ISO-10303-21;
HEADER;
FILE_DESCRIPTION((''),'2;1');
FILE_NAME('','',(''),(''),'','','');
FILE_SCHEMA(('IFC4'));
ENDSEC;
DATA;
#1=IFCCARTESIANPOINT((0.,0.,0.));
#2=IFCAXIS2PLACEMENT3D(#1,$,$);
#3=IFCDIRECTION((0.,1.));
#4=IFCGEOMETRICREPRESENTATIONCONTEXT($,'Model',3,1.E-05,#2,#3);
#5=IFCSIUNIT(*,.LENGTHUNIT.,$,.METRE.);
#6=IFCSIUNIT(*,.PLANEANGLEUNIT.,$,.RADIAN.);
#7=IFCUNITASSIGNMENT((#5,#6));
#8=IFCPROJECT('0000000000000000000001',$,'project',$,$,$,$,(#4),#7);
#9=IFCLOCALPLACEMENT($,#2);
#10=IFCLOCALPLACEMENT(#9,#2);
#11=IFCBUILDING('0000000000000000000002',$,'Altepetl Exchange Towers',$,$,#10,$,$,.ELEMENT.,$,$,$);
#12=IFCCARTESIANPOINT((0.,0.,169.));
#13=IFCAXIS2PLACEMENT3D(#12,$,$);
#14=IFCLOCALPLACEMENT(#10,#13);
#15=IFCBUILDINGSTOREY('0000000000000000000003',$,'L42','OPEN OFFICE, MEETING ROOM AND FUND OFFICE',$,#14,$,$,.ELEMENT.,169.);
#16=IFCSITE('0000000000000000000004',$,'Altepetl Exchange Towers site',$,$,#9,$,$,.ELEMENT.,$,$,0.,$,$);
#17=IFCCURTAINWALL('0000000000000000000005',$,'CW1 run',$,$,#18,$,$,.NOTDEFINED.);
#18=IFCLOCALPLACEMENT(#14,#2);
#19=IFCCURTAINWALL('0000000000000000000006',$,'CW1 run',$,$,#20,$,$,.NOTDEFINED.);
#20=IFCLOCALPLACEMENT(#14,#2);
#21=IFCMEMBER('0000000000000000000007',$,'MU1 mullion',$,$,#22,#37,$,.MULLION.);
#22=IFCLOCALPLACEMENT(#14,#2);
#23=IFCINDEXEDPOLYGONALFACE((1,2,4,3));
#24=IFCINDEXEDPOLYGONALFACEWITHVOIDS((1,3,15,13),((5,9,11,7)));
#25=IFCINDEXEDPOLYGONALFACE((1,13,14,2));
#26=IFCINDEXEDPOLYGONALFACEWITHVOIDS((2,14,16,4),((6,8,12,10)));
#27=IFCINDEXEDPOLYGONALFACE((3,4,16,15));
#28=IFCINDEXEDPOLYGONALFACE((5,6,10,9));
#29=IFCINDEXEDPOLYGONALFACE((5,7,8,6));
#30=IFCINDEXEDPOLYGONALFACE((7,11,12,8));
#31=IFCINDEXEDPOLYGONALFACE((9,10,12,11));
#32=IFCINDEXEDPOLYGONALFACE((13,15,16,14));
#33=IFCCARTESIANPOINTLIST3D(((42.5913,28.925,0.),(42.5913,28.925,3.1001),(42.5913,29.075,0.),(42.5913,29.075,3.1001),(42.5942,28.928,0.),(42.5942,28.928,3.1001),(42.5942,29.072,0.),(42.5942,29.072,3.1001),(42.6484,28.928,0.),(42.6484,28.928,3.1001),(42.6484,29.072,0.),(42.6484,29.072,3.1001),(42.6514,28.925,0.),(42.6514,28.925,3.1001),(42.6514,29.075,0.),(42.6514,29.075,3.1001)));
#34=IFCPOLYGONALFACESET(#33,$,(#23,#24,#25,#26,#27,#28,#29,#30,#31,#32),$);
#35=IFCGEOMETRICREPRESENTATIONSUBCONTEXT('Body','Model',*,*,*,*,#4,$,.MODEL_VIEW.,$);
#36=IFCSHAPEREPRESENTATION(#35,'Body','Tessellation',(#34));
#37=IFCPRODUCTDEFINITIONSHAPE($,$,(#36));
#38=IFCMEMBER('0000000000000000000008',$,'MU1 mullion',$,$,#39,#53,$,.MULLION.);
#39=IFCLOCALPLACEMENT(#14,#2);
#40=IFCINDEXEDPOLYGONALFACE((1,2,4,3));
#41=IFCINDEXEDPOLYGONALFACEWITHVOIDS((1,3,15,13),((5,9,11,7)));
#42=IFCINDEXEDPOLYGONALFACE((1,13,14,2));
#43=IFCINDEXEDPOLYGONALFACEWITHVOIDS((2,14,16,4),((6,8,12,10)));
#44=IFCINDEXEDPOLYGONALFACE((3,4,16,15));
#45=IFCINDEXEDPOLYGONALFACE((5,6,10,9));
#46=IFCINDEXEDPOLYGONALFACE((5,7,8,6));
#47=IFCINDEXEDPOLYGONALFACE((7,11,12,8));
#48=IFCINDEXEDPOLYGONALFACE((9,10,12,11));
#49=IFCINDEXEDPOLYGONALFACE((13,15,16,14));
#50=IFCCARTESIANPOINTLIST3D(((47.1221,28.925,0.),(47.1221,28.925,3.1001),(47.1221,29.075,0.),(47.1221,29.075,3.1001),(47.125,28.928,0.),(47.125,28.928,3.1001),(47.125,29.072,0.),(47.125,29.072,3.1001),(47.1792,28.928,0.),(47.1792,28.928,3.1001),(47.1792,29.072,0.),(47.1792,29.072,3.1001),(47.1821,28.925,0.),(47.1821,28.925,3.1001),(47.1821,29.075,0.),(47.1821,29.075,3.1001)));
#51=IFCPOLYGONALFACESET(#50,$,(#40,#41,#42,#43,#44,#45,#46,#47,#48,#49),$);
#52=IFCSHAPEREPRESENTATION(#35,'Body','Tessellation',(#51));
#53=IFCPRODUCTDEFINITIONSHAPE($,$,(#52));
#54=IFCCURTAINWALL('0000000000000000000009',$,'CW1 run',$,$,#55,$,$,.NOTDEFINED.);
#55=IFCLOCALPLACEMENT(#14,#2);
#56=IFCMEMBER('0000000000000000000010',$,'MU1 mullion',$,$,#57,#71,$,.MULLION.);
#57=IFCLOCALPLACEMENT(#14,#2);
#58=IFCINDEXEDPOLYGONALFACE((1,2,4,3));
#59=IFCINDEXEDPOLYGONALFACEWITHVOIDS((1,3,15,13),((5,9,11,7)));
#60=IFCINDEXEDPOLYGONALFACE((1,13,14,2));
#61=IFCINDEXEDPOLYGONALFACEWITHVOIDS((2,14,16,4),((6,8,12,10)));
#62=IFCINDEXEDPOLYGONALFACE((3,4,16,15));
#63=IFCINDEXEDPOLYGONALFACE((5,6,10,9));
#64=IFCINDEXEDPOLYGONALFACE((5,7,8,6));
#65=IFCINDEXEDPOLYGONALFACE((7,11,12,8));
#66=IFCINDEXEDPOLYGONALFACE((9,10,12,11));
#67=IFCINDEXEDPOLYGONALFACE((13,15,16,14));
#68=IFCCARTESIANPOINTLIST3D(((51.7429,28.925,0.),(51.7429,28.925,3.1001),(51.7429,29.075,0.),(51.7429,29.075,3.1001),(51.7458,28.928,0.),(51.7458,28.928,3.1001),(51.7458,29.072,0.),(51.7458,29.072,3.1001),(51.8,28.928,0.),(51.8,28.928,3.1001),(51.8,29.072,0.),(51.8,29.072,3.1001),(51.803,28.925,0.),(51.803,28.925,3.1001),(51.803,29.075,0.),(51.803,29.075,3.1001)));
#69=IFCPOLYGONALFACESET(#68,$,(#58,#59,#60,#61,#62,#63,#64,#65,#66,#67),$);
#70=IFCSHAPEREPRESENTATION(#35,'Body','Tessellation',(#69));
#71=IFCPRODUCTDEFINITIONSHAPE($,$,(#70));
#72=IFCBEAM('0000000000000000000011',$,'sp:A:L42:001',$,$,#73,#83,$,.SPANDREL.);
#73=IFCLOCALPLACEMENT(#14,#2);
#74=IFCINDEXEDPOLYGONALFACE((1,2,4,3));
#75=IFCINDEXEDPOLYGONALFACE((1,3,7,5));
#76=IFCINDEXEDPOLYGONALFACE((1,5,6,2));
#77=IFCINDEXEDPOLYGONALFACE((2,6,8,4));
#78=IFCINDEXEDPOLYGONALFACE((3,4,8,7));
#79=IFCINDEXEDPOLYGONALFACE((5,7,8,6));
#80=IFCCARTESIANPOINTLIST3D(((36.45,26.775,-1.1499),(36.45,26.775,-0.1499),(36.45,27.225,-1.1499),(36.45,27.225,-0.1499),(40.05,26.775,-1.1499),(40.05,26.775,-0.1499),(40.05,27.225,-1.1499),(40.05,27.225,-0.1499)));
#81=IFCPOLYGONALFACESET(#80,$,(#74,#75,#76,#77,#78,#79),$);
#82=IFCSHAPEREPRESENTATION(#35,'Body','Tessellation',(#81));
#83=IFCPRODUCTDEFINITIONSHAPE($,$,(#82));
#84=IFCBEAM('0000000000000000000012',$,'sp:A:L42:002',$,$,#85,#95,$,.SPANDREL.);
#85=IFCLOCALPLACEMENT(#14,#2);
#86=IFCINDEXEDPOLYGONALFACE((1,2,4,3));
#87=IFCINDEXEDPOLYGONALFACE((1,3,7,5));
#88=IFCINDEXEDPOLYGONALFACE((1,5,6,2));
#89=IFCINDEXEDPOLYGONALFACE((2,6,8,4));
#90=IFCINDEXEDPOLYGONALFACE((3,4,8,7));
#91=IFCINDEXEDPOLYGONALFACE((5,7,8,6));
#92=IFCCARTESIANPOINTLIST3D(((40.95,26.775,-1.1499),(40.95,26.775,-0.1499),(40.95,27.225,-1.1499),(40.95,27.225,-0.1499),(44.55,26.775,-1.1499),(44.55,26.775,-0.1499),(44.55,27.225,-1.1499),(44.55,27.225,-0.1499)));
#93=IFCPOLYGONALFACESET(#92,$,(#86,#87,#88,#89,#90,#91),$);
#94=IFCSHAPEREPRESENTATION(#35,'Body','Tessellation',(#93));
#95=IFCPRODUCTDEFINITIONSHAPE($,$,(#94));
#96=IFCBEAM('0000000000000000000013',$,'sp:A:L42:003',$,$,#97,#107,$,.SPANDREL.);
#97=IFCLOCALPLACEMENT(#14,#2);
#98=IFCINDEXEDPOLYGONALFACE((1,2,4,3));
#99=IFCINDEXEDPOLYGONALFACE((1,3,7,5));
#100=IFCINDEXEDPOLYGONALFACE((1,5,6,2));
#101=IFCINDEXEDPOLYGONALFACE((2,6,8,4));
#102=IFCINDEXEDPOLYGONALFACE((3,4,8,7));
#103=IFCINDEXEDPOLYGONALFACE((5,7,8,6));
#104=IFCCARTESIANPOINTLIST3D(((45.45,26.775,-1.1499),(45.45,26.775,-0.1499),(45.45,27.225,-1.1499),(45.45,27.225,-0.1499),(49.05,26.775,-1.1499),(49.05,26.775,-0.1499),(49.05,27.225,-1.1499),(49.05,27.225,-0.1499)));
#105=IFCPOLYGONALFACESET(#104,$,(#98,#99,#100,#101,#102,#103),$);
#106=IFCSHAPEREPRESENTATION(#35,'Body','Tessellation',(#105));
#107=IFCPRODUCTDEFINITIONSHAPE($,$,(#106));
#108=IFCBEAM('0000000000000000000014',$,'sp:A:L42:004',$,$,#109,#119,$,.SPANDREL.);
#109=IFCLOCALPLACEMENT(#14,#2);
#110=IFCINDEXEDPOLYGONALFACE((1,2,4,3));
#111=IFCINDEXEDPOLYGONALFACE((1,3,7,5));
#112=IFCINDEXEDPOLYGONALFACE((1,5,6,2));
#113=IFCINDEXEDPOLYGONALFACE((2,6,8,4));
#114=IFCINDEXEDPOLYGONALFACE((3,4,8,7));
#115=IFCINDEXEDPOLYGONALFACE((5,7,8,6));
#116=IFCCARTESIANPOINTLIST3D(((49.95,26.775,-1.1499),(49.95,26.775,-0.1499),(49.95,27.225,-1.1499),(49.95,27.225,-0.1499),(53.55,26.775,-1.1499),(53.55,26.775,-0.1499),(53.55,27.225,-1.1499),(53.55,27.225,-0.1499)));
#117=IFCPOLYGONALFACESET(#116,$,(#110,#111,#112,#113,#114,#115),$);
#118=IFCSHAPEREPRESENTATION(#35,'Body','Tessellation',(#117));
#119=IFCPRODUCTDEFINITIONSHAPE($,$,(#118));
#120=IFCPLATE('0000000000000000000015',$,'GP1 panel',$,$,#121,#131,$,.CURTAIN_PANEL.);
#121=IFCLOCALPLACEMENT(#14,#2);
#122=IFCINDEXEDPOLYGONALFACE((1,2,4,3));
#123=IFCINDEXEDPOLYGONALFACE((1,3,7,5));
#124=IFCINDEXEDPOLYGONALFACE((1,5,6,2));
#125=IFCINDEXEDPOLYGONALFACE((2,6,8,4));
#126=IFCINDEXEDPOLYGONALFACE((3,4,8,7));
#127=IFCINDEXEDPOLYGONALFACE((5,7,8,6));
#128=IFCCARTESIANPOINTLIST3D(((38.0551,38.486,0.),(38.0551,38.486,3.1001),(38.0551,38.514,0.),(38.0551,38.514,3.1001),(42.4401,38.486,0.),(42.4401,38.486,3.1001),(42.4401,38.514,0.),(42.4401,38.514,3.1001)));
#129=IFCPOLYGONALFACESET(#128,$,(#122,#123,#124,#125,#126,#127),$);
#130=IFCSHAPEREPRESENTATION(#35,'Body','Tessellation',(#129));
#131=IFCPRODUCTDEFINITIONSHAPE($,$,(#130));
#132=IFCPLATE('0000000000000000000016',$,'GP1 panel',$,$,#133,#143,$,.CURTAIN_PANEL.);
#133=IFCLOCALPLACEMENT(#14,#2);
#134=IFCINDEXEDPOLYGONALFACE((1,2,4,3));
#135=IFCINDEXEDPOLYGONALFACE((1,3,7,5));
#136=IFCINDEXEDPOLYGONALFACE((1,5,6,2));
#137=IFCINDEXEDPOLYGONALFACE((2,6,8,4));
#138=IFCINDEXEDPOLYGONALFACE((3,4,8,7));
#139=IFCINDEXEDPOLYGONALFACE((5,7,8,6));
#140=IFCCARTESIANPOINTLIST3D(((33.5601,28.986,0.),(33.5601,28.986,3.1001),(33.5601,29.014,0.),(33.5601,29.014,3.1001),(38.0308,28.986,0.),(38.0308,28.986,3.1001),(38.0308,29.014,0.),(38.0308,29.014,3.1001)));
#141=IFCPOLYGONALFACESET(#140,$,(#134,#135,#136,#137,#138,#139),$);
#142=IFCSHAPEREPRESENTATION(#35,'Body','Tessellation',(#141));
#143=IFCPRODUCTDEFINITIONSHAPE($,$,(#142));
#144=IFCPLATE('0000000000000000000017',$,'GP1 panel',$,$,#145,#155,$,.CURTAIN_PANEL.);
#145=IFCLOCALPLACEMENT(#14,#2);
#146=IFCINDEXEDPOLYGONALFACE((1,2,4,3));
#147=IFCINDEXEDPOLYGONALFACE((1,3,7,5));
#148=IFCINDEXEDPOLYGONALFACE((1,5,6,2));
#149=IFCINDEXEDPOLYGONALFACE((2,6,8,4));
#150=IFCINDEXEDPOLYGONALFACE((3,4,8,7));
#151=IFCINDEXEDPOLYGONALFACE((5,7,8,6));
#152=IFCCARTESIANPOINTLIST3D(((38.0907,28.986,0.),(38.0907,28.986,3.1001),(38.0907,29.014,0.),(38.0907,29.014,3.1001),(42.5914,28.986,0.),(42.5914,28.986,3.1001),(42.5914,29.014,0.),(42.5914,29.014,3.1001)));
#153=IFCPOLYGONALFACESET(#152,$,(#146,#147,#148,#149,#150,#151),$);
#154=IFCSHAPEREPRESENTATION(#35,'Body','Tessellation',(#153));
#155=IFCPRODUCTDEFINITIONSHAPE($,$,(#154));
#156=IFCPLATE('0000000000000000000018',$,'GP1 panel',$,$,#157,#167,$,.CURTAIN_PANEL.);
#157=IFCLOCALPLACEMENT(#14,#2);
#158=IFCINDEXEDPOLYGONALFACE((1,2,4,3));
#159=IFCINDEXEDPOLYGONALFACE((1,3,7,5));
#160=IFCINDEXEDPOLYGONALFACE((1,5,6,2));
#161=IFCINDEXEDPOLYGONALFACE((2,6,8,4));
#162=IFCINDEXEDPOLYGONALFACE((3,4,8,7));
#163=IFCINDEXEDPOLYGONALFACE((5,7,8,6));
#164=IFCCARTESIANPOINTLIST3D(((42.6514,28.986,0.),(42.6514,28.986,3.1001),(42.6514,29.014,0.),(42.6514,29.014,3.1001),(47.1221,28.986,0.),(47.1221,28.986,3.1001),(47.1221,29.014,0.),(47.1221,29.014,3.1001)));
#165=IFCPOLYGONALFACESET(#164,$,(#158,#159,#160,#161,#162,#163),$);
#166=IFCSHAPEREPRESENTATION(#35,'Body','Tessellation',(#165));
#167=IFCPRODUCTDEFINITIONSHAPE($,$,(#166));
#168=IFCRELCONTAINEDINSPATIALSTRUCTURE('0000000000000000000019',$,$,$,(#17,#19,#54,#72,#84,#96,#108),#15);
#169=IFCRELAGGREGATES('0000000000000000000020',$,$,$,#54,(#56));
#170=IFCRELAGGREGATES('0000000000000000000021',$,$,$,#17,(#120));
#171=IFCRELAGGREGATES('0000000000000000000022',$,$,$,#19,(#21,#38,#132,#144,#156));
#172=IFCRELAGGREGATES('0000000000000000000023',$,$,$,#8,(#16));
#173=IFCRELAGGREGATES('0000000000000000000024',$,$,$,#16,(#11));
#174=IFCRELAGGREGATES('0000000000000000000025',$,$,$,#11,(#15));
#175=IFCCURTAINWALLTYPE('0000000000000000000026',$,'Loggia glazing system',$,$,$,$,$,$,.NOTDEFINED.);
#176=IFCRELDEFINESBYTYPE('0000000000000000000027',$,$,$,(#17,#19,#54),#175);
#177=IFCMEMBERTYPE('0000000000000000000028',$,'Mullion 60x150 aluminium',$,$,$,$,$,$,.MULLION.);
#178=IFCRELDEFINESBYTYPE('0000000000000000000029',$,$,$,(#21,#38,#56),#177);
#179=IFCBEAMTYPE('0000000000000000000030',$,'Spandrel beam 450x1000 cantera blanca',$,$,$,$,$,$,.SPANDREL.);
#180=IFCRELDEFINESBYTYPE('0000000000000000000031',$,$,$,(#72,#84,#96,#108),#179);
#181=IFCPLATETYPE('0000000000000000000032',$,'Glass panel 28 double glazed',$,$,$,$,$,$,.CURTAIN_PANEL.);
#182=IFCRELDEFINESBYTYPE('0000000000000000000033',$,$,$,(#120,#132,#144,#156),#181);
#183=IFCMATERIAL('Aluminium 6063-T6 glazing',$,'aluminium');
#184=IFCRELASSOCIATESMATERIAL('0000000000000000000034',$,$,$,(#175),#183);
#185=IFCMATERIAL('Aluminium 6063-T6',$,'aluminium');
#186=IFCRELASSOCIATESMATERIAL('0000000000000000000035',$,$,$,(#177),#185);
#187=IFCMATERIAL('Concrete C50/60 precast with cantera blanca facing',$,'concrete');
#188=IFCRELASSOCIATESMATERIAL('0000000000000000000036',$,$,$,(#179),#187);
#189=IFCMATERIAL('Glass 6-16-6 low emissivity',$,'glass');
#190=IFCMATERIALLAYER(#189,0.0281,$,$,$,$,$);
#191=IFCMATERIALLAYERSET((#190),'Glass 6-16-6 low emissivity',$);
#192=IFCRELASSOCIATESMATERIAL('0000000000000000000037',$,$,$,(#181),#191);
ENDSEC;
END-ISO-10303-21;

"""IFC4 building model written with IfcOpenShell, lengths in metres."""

from ifc_helpers import new_model, si_unit, direction, frame, origin, origin_2d, place, context, subcontext, project, spatial, rectangle, hollow_rectangle, extrude, material, layer, layer_set, material_profile, profile_set, type_object, element, aggregate, save


model = new_model("IFC4")

# Units and contexts
model_context = context("Model", 3, precision=1e-05, world=origin(), true_north=direction((0.0, 1.0)))
body_context = subcontext(model_context, "Body", "Model", "MODEL_VIEW")
ifc_project = project(units=[si_unit("LENGTHUNIT", "METRE"), si_unit("PLANEANGLEUNIT", "RADIAN")], contexts=[model_context])

# Site, building, storey
site_placement = place(None, origin())
site = spatial("IfcSite", under=ifc_project, at=site_placement, Name="Altepetl Exchange Towers site", CompositionType="ELEMENT", RefElevation=0.0)
building_placement = place(site_placement, origin())
building = spatial("IfcBuilding", under=site, at=building_placement, Name="Altepetl Exchange Towers", CompositionType="ELEMENT")
storey_placement = place(building_placement, frame((0.0, 0.0, 169.0)))
storey = spatial("IfcBuildingStorey", under=building, at=storey_placement, Name="L42", Description="OPEN OFFICE, MEETING ROOM AND FUND OFFICE", CompositionType="ELEMENT", Elevation=169.0)

# Curtain walls, members
ifc_material_1 = material(Name="Aluminium 6063-T6 glazing", Category="aluminium")
curtain_wall_type = type_object("IfcCurtainWallType", Name="Loggia glazing system", PredefinedType="NOTDEFINED", material=ifc_material_1)
curtain_wall_1_placement = place(storey_placement, origin())
curtain_wall_1 = element("IfcCurtainWall", 1, at=curtain_wall_1_placement, inside=storey, type_object=curtain_wall_type, Name="CW1 run", PredefinedType="NOTDEFINED")
ifc_material_2 = material(Name="Aluminium 6063-T6", Category="aluminium")
ifc_material_profile_1 = material_profile(ifc_material_2, hollow_rectangle(XDim=0.0601, YDim=0.1499, WallThickness=0.0029, at=origin_2d()), Name="Mullion 60x150 aluminium")
ifc_profile_set_1 = profile_set([ifc_material_profile_1], Name="Aluminium 6063-T6")
member_type = type_object("IfcMemberType", Name="Mullion 60x150 aluminium", PredefinedType="MULLION", material=ifc_profile_set_1)
curtain_wall_2_placement = place(storey_placement, origin())
curtain_wall_2 = element("IfcCurtainWall", 2, at=curtain_wall_2_placement, inside=storey, type_object=curtain_wall_type, Name="CW1 run", PredefinedType="NOTDEFINED")
member_1_placement = place(storey_placement, frame((42.6213, 29.0, 0.0)))
member_1 = element("IfcMember", 3, at=member_1_placement, type_object=member_type, Name="MU1 mullion", PredefinedType="MULLION", context=body_context, shape_type="SweptSolid", body=[
    extrude(hollow_rectangle(XDim=0.0601, YDim=0.1499, WallThickness=0.0029, at=origin_2d()), origin(), (0.0, 0.0, 1.0), 3.1001),
])
member_2_placement = place(storey_placement, frame((47.1521, 29.0, 0.0)))
member_2 = element("IfcMember", 4, at=member_2_placement, type_object=member_type, Name="MU1 mullion", PredefinedType="MULLION", context=body_context, shape_type="SweptSolid", body=[
    extrude(hollow_rectangle(XDim=0.0601, YDim=0.1499, WallThickness=0.0029, at=origin_2d()), origin(), (0.0, 0.0, 1.0), 3.1001),
])

# Curtain wall, member
curtain_wall_3_placement = place(storey_placement, origin())
curtain_wall_3 = element("IfcCurtainWall", 5, at=curtain_wall_3_placement, inside=storey, type_object=curtain_wall_type, Name="CW1 run", PredefinedType="NOTDEFINED")
member_3_placement = place(storey_placement, frame((51.7729, 29.0, 0.0)))
member_3 = element("IfcMember", 6, at=member_3_placement, type_object=member_type, Name="MU1 mullion", PredefinedType="MULLION", context=body_context, shape_type="SweptSolid", body=[
    extrude(hollow_rectangle(XDim=0.0601, YDim=0.1499, WallThickness=0.0029, at=origin_2d()), origin(), (0.0, 0.0, 1.0), 3.1001),
])
aggregate(curtain_wall_3, [member_3])

# Beams
ifc_material_3 = material(Name="Concrete C50/60 precast with cantera blanca facing", Category="concrete")
ifc_material_profile_2 = material_profile(ifc_material_3, rectangle(XDim=0.45, YDim=1.0, at=origin_2d()), Name="450 x 1000")
ifc_profile_set_2 = profile_set([ifc_material_profile_2], Name="Concrete C50/60 precast with cantera blanca facing")
beam_type_1 = type_object("IfcBeamType", Name="Spandrel beam 450x1000 cantera blanca", PredefinedType="SPANDREL", material=ifc_profile_set_2)
for number, where, z_axis, x_axis, name in (
    (7, (36.45, 27.0, -0.6499), (1.0, 0.0, 0.0), (0.0, 1.0, 0.0), "sp:A:L42:001"),
    (8, (40.95, 27.0, -0.6499), (1.0, 0.0, 0.0), (0.0, 1.0, 0.0), "sp:A:L42:002"),
    (9, (45.45, 27.0, -0.6499), (1.0, 0.0, 0.0), (0.0, 1.0, 0.0), "sp:A:L42:003"),
    (10, (49.95, 27.0, -0.6499), (1.0, 0.0, 0.0), (0.0, 1.0, 0.0), "sp:A:L42:004"),
):
    element("IfcBeam", number, at=place(storey_placement, frame(where, z_axis=z_axis, x_axis=x_axis)), inside=storey, type_object=beam_type_1, Name=name, PredefinedType="SPANDREL", context=body_context, shape_type="SweptSolid", body=[
        extrude(rectangle(XDim=0.45, YDim=1.0, at=origin_2d()), origin(), (0.0, 0.0, 1.0), 3.6001),
    ])

# Plates
ifc_material_4 = material(Name="Glass 6-16-6 low emissivity", Category="glass")
ifc_layer_1 = layer(ifc_material_4, 0.0281)
ifc_layer_set_1 = layer_set([ifc_layer_1], Name="Glass 6-16-6 low emissivity")
plate_type = type_object("IfcPlateType", Name="Glass panel 28 double glazed", PredefinedType="CURTAIN_PANEL", material=ifc_layer_set_1)
plate_1_placement = place(storey_placement, frame((40.2476, 38.5, 0.0), z_axis=(0.0, 0.0, 1.0), x_axis=(-1.0, 0.0, 0.0)))
plate_1 = element("IfcPlate", 11, at=plate_1_placement, type_object=plate_type, Name="GP1 panel", PredefinedType="CURTAIN_PANEL", context=body_context, shape_type="SweptSolid", body=[
    extrude(rectangle(XDim=4.385, YDim=0.0281, at=origin_2d()), origin(), (0.0, 0.0, 1.0), 3.1001),
])
aggregate(curtain_wall_1, [plate_1])
plate_2_placement = place(storey_placement, frame((35.7954, 29.0, 0.0)))
plate_2 = element("IfcPlate", 12, at=plate_2_placement, type_object=plate_type, Name="GP1 panel", PredefinedType="CURTAIN_PANEL", context=body_context, shape_type="SweptSolid", body=[
    extrude(rectangle(XDim=4.4707, YDim=0.0281, at=origin_2d()), origin(), (0.0, 0.0, 1.0), 3.1001),
])
plate_3_placement = place(storey_placement, frame((40.3411, 29.0, 0.0)))
plate_3 = element("IfcPlate", 13, at=plate_3_placement, type_object=plate_type, Name="GP1 panel", PredefinedType="CURTAIN_PANEL", context=body_context, shape_type="SweptSolid", body=[
    extrude(rectangle(XDim=4.5007, YDim=0.0281, at=origin_2d()), origin(), (0.0, 0.0, 1.0), 3.1001),
])
plate_4_placement = place(storey_placement, frame((44.8867, 29.0, 0.0)))
plate_4 = element("IfcPlate", 14, at=plate_4_placement, type_object=plate_type, Name="GP1 panel", PredefinedType="CURTAIN_PANEL", context=body_context, shape_type="SweptSolid", body=[
    extrude(rectangle(XDim=4.4707, YDim=0.0281, at=origin_2d()), origin(), (0.0, 0.0, 1.0), 3.1001),
])
aggregate(curtain_wall_2, [member_1, member_2, plate_2, plate_3, plate_4])

save(model, "model.ifc")
